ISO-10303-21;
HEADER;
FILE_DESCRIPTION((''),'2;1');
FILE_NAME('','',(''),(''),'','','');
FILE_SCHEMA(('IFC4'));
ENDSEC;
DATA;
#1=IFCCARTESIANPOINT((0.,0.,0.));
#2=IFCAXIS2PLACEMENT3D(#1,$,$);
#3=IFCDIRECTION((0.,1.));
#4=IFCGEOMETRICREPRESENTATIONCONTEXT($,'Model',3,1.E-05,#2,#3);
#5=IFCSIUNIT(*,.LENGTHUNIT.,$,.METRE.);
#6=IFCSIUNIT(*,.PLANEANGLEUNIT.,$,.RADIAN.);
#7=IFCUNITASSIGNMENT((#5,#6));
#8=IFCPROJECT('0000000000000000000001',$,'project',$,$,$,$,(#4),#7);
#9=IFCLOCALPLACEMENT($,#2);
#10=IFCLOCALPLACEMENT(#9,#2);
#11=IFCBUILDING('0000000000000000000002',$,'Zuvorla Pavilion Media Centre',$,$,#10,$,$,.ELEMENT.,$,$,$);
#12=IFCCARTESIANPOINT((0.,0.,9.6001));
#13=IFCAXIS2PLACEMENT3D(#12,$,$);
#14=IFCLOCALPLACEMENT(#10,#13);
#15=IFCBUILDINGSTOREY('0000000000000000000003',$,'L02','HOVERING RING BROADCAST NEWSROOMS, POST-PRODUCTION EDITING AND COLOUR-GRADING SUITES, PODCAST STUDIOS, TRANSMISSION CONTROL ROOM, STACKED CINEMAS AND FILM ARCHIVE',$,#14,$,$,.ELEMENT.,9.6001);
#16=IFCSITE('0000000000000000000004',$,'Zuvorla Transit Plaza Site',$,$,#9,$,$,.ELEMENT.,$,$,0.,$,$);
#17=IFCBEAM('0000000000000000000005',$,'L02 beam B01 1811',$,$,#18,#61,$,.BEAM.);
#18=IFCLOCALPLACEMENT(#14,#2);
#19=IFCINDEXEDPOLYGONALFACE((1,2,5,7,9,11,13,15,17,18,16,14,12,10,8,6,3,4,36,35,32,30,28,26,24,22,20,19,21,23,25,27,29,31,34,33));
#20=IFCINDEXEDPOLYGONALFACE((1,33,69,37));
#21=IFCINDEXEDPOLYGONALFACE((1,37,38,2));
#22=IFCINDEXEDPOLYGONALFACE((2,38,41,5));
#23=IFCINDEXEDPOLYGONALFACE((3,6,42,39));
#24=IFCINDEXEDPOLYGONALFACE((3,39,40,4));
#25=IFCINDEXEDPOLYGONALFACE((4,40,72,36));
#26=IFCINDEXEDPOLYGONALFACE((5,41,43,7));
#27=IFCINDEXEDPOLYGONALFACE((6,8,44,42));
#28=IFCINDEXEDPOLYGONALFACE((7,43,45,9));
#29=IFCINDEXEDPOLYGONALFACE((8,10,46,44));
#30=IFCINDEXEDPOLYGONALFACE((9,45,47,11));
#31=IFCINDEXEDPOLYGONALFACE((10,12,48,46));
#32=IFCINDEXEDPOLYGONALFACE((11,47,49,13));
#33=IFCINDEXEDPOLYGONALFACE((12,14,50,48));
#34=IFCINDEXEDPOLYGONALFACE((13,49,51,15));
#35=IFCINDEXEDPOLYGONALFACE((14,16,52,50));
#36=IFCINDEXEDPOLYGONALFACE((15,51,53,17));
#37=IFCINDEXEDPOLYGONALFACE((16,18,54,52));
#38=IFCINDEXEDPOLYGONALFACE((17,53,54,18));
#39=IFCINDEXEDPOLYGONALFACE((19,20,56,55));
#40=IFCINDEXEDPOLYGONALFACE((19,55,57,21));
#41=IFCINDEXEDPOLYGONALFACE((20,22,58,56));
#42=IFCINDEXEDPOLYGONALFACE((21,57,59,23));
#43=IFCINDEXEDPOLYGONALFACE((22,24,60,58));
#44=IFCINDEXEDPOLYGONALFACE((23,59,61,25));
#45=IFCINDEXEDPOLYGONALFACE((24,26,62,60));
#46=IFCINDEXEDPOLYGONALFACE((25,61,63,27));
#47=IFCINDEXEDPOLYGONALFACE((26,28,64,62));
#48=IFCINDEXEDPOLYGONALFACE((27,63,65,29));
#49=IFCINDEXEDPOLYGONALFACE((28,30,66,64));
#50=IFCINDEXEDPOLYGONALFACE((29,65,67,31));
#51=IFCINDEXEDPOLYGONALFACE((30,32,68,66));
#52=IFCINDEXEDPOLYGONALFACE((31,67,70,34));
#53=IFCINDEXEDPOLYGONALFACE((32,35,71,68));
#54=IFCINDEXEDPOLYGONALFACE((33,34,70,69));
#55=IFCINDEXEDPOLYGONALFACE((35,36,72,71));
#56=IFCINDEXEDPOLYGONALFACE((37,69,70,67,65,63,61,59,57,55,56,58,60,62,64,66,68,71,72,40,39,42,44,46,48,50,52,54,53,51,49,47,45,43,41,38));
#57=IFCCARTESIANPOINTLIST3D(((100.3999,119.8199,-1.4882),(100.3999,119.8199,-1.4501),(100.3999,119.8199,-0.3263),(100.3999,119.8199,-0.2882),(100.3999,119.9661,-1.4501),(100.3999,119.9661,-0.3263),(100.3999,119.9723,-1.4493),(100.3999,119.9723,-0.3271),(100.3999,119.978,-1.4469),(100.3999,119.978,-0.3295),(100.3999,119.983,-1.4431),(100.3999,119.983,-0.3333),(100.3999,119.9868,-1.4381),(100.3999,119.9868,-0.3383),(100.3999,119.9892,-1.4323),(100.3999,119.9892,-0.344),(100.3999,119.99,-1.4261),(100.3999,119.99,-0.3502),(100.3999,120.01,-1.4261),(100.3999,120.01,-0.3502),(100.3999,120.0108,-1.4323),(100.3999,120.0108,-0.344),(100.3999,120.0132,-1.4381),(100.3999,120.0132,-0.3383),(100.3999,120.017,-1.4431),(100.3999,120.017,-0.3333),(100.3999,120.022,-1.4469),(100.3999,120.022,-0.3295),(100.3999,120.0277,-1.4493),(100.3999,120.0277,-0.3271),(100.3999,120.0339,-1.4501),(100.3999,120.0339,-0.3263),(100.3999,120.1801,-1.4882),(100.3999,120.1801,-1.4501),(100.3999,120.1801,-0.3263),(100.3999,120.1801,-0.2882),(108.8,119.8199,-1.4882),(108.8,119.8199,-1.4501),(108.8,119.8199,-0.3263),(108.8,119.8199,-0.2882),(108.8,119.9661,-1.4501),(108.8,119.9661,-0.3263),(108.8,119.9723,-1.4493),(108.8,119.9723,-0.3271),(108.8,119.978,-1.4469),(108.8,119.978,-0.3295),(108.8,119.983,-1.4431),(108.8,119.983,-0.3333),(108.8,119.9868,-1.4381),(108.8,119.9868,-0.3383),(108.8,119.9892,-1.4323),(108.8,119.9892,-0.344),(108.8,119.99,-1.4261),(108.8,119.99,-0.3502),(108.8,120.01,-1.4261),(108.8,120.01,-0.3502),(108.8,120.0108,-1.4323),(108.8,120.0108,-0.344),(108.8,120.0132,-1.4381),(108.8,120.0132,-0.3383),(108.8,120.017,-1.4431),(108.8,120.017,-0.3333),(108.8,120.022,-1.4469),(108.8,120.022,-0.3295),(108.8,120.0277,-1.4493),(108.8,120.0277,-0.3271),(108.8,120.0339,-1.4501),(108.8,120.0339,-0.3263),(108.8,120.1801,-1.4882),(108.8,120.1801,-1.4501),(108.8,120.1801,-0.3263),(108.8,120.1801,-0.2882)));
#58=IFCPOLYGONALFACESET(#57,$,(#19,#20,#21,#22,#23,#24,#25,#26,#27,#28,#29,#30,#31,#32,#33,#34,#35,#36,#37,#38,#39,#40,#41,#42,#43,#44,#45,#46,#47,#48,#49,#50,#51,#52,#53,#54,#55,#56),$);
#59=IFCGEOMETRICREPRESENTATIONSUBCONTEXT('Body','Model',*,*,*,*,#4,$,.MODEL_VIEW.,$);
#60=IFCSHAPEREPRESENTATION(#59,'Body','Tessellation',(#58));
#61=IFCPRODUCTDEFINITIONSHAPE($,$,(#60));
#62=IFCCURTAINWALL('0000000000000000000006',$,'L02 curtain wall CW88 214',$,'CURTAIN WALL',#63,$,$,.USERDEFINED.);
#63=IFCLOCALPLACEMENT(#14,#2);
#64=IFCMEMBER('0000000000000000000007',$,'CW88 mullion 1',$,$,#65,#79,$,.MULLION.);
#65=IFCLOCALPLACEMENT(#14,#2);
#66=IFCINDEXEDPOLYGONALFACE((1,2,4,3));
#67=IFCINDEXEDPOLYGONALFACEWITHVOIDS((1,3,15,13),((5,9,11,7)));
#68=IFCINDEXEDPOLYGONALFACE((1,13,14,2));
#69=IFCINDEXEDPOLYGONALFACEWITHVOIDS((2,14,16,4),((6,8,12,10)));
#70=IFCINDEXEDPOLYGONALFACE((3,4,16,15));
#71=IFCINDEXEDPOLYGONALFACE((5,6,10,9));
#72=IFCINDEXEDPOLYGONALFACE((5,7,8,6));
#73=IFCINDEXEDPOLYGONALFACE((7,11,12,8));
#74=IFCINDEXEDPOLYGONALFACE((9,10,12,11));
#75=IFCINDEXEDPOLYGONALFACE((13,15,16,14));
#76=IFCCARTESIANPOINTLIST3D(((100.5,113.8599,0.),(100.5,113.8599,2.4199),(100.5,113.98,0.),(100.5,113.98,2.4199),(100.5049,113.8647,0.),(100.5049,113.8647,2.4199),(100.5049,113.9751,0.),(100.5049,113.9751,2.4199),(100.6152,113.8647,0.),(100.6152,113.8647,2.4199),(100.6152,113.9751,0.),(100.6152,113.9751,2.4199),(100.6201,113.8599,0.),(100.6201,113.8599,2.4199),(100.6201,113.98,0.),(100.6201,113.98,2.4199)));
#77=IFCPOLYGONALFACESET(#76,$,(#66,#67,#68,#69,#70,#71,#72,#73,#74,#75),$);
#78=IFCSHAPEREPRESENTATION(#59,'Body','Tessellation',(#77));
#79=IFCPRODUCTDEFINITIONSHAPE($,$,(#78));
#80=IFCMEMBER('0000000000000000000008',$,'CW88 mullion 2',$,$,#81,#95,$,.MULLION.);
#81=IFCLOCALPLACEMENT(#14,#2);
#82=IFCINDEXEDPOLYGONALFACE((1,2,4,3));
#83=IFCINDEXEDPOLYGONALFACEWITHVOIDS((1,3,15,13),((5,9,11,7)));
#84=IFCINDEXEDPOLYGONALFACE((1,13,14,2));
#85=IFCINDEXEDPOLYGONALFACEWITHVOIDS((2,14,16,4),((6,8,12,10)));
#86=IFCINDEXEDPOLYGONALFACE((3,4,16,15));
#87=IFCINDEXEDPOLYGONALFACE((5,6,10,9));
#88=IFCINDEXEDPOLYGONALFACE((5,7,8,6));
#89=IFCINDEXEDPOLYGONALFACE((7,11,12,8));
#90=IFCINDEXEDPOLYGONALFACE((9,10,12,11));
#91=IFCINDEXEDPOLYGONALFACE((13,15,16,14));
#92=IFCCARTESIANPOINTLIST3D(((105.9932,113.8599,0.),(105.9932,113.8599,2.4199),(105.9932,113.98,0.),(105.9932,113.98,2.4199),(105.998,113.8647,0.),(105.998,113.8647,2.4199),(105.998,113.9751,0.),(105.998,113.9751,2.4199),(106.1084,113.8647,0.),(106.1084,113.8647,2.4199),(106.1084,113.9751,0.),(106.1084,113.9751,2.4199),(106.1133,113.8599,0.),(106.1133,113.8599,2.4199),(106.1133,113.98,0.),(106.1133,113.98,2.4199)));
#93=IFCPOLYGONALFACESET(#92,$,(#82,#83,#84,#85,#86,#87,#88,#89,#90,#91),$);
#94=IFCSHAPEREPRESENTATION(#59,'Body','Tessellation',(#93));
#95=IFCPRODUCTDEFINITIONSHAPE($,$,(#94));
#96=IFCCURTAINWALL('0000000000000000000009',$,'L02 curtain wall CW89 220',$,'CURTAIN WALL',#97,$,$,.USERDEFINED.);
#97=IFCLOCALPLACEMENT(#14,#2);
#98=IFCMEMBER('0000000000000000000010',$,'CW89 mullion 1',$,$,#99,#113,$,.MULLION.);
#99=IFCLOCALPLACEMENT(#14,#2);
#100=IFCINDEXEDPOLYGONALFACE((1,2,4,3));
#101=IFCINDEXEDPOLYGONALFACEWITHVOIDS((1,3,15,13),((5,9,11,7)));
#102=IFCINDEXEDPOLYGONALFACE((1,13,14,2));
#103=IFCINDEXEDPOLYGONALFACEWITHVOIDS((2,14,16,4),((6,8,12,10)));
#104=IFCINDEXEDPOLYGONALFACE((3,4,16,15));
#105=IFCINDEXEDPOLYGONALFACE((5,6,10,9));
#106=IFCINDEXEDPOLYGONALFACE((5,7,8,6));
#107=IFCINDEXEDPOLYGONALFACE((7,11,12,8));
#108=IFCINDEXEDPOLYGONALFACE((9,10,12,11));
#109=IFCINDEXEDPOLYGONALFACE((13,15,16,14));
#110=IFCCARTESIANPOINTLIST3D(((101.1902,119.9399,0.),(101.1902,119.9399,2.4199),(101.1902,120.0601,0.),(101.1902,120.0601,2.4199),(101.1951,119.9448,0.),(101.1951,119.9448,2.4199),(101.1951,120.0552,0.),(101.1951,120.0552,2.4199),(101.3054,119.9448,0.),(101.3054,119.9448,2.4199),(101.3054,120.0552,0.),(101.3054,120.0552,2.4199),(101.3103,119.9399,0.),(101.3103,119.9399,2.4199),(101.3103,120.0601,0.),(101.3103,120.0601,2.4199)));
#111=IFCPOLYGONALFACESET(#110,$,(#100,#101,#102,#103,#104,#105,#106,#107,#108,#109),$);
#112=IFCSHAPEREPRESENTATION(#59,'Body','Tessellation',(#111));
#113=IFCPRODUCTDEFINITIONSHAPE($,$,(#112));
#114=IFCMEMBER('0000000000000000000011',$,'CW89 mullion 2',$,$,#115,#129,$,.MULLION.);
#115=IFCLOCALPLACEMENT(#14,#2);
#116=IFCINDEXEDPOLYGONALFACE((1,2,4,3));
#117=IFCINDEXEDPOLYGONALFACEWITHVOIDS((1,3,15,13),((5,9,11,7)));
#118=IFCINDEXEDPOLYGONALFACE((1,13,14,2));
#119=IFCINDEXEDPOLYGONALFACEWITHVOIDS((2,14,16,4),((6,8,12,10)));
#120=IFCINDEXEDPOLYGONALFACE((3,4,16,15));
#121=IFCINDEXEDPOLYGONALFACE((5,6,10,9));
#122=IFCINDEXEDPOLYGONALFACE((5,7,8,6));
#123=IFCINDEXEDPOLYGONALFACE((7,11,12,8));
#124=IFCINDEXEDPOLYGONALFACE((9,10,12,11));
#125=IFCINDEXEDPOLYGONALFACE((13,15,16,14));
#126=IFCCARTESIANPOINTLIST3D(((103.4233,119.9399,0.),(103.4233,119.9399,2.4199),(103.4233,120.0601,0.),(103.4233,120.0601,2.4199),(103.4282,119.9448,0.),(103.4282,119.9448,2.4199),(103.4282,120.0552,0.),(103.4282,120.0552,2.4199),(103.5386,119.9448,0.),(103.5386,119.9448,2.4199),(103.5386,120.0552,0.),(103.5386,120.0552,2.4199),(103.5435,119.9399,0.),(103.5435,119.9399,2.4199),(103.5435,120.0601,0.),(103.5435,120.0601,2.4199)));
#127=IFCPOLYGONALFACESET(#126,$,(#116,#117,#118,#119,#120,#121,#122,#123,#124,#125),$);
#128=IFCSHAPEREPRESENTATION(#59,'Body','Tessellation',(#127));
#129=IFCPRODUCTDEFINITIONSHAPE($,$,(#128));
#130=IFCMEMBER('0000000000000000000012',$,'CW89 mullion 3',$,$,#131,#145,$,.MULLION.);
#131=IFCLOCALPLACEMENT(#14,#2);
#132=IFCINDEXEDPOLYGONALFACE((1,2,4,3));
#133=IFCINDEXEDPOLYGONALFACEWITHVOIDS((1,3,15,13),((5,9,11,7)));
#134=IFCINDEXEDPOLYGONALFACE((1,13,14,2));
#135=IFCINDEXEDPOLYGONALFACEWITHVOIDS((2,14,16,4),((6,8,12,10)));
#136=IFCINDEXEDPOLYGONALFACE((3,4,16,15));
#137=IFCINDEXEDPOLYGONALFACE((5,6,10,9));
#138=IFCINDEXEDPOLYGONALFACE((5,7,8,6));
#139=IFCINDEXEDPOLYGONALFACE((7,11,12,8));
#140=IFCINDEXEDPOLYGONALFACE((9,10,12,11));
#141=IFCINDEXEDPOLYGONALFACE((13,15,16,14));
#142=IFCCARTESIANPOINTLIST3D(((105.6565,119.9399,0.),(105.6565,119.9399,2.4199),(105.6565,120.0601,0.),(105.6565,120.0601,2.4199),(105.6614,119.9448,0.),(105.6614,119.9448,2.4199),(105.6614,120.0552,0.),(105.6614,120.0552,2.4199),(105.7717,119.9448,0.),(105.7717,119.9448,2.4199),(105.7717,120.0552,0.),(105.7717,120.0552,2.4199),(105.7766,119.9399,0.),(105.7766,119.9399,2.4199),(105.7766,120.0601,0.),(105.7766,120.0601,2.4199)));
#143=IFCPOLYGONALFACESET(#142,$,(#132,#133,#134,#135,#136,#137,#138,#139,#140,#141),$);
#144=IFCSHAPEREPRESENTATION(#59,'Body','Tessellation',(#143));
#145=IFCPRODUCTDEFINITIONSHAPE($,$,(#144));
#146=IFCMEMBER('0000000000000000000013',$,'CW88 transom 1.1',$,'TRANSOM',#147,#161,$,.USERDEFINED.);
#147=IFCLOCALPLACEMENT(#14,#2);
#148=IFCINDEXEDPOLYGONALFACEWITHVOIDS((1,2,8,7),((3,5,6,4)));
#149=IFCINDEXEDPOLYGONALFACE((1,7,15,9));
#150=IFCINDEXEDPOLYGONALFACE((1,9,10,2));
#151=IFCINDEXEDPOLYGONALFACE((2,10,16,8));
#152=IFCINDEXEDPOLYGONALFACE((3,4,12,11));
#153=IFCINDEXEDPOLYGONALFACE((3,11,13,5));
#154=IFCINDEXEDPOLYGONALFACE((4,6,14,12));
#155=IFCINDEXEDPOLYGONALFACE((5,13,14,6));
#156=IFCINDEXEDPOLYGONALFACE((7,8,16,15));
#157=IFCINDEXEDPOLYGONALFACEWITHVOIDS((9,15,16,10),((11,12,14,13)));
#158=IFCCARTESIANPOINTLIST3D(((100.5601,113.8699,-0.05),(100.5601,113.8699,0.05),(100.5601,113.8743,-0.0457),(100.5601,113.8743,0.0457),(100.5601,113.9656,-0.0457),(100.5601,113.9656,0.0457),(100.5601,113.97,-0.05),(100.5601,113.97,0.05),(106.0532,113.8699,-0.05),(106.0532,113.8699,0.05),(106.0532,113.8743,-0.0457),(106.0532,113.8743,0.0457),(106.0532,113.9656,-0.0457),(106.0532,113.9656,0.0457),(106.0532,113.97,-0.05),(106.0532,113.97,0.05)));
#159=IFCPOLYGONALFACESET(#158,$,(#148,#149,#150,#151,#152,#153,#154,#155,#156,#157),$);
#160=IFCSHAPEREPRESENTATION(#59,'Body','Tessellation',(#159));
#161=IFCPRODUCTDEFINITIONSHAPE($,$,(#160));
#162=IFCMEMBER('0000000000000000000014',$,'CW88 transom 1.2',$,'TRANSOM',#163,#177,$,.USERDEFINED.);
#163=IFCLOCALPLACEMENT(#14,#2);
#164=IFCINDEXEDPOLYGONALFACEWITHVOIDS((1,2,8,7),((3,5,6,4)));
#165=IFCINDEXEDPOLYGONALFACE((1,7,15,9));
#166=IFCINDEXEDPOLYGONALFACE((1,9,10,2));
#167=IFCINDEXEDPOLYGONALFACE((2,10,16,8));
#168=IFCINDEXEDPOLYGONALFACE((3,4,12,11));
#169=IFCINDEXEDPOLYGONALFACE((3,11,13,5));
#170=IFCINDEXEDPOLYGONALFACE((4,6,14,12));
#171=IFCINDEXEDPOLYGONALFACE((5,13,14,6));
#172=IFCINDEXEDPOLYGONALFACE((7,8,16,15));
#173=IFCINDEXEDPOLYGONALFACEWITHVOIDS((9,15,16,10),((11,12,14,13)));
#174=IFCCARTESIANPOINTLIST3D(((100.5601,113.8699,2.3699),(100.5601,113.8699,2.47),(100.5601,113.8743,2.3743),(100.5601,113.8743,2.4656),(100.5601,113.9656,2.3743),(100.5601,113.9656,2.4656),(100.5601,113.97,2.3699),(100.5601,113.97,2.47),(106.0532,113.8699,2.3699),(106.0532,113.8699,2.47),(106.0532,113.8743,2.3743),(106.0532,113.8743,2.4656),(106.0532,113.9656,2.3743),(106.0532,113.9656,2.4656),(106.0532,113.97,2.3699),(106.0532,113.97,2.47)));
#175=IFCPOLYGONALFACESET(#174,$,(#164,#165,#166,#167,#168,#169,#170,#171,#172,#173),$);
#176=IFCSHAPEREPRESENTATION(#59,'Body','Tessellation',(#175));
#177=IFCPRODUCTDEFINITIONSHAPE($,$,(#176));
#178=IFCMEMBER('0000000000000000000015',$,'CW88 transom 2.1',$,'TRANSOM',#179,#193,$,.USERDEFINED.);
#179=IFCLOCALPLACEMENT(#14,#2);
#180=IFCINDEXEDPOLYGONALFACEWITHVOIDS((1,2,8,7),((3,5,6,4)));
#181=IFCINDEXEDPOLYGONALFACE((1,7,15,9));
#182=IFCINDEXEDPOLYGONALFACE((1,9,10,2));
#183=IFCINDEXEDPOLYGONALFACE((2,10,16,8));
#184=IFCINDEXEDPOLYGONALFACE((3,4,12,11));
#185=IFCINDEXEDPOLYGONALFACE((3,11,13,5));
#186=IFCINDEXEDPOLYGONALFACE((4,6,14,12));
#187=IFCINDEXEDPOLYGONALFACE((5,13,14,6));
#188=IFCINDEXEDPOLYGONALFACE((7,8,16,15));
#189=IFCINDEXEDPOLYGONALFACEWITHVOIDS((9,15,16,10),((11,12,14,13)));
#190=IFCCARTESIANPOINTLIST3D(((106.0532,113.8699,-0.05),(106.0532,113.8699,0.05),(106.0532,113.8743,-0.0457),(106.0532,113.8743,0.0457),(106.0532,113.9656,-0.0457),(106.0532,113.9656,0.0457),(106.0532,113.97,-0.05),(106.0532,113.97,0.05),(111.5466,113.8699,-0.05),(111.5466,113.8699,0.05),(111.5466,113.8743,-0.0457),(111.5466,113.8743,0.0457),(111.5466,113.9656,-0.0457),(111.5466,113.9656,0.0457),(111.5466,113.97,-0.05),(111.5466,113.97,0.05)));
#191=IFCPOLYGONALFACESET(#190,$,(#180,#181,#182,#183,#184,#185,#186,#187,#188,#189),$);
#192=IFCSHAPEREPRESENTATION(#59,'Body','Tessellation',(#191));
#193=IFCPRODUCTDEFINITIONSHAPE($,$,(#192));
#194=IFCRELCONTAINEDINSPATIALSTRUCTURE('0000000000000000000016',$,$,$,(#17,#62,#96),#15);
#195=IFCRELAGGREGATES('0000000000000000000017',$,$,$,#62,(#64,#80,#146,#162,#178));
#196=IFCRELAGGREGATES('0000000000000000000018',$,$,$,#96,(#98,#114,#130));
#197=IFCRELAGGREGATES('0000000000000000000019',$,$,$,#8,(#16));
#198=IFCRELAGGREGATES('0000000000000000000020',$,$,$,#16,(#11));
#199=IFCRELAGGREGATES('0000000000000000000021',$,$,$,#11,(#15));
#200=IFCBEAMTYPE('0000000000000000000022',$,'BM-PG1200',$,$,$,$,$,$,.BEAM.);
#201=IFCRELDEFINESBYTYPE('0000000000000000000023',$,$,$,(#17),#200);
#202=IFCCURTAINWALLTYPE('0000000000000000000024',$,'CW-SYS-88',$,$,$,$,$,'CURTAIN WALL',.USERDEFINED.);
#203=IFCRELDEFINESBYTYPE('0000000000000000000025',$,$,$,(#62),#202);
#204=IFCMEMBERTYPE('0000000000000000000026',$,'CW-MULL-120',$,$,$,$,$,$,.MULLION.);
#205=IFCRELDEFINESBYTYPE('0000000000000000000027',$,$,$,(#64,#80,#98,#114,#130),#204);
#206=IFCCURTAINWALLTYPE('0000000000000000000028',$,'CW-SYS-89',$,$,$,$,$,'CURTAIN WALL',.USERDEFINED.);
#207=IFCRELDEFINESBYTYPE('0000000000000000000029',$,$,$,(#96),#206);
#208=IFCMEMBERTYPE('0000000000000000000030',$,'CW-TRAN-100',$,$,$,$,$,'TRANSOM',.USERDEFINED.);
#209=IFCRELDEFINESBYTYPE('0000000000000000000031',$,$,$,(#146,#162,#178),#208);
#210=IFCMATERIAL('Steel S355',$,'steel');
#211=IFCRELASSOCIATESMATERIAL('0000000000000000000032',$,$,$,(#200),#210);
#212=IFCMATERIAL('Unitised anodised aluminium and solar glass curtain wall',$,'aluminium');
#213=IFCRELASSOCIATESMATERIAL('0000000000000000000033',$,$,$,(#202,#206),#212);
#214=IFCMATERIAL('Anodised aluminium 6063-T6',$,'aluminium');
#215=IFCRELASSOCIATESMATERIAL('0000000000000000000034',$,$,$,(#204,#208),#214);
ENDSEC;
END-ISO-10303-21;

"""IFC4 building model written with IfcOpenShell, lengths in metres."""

from ifc_helpers import new_model, si_unit, direction, frame, origin, origin_2d, place, context, subcontext, project, spatial, hollow_rectangle, i_section, extrude, material, material_profile, profile_set, type_object, element, aggregate, save


model = new_model("IFC4")

# Units and contexts
model_context = context("Model", 3, precision=1e-05, world=origin(), true_north=direction((0.0, 1.0)))
body_context = subcontext(model_context, "Body", "Model", "MODEL_VIEW")
ifc_project = project(units=[si_unit("LENGTHUNIT", "METRE"), si_unit("PLANEANGLEUNIT", "RADIAN")], contexts=[model_context])

# Site, building, storey
site_placement = place(None, origin())
site = spatial("IfcSite", under=ifc_project, at=site_placement, Name="Zuvorla Transit Plaza Site", CompositionType="ELEMENT", RefElevation=0.0)
building_placement = place(site_placement, origin())
building = spatial("IfcBuilding", under=site, at=building_placement, Name="Zuvorla Pavilion Media Centre", CompositionType="ELEMENT")
storey_placement = place(building_placement, frame((0.0, 0.0, 9.6001)))
storey = spatial("IfcBuildingStorey", under=building, at=storey_placement, Name="L02", Description="HOVERING RING BROADCAST NEWSROOMS, POST-PRODUCTION EDITING AND COLOUR-GRADING SUITES, PODCAST STUDIOS, TRANSMISSION CONTROL ROOM, STACKED CINEMAS AND FILM ARCHIVE", CompositionType="ELEMENT", Elevation=9.6001)

# Beam
ifc_material_1 = material(Name="Steel S355", Category="steel")
ifc_material_profile_1 = material_profile(ifc_material_1, i_section(OverallWidth=0.3601, OverallDepth=1.2, WebThickness=0.02, FlangeThickness=0.0381, FilletRadius=0.0239, at=origin_2d()), Name="PG 1200x360x38")
ifc_profile_set_1 = profile_set([ifc_material_profile_1], Name="Steel S355")
beam_type = type_object("IfcBeamType", Name="BM-PG1200", PredefinedType="BEAM", material=ifc_profile_set_1)
beam_placement = place(storey_placement, frame((100.3999, 120.0, -0.8882), z_axis=(1.0, 0.0, 0.0), x_axis=(0.0, 1.0, 0.0)))
element("IfcBeam", 1, at=beam_placement, inside=storey, type_object=beam_type, Name="L02 beam B01 1811", PredefinedType="BEAM", context=body_context, shape_type="SweptSolid", body=[
    extrude(i_section(OverallWidth=0.3601, OverallDepth=1.2, WebThickness=0.02, FlangeThickness=0.0381, FilletRadius=0.0239, at=origin_2d()), origin(), (0.0, 0.0, 1.0), 8.4001),
])

# Curtain walls, members
ifc_material_2 = material(Name="Unitised anodised aluminium and solar glass curtain wall", Category="aluminium")
curtain_wall_type_1 = type_object("IfcCurtainWallType", Name="CW-SYS-88", ElementType="CURTAIN WALL", PredefinedType="USERDEFINED", material=ifc_material_2)
curtain_wall_1_placement = place(storey_placement, origin())
curtain_wall_1 = element("IfcCurtainWall", 2, at=curtain_wall_1_placement, inside=storey, type_object=curtain_wall_type_1, Name="L02 curtain wall CW88 214", ObjectType="CURTAIN WALL", PredefinedType="USERDEFINED")
ifc_material_3 = material(Name="Anodised aluminium 6063-T6", Category="aluminium")
ifc_material_profile_2 = material_profile(ifc_material_3, hollow_rectangle(XDim=0.1201, YDim=0.1201, WallThickness=0.0049, at=origin_2d()), Name="ALU MULL 120x120")
ifc_profile_set_2 = profile_set([ifc_material_profile_2], Name="Anodised aluminium 6063-T6")
member_type_1 = type_object("IfcMemberType", Name="CW-MULL-120", PredefinedType="MULLION", material=ifc_profile_set_2)
member_1_placement = place(storey_placement, frame((100.5601, 113.9199, 0.0), z_axis=(0.0, 0.0, 1.0), x_axis=(1.0, 0.0, 0.0)))
member_1 = element("IfcMember", 3, at=member_1_placement, type_object=member_type_1, Name="CW88 mullion 1", PredefinedType="MULLION", context=body_context, shape_type="SweptSolid", body=[
    extrude(hollow_rectangle(XDim=0.1201, YDim=0.1201, WallThickness=0.0049, at=origin_2d()), origin(), (0.0, 0.0, 1.0), 2.4199),
])
member_2_placement = place(storey_placement, frame((106.0532, 113.9199, 0.0), z_axis=(0.0, 0.0, 1.0), x_axis=(1.0, 0.0, 0.0)))
member_2 = element("IfcMember", 4, at=member_2_placement, type_object=member_type_1, Name="CW88 mullion 2", PredefinedType="MULLION", context=body_context, shape_type="SweptSolid", body=[
    extrude(hollow_rectangle(XDim=0.1201, YDim=0.1201, WallThickness=0.0049, at=origin_2d()), origin(), (0.0, 0.0, 1.0), 2.4199),
])
curtain_wall_type_2 = type_object("IfcCurtainWallType", Name="CW-SYS-89", ElementType="CURTAIN WALL", PredefinedType="USERDEFINED", material=ifc_material_2)
curtain_wall_2_placement = place(storey_placement, origin())
curtain_wall_2 = element("IfcCurtainWall", 5, at=curtain_wall_2_placement, inside=storey, type_object=curtain_wall_type_2, Name="L02 curtain wall CW89 220", ObjectType="CURTAIN WALL", PredefinedType="USERDEFINED")
member_3_placement = place(storey_placement, frame((101.2502, 120.0, 0.0), z_axis=(0.0, 0.0, 1.0), x_axis=(1.0, 0.0, 0.0)))
member_3 = element("IfcMember", 6, at=member_3_placement, type_object=member_type_1, Name="CW89 mullion 1", PredefinedType="MULLION", context=body_context, shape_type="SweptSolid", body=[
    extrude(hollow_rectangle(XDim=0.1201, YDim=0.1201, WallThickness=0.0049, at=origin_2d()), origin(), (0.0, 0.0, 1.0), 2.4199),
])
member_4_placement = place(storey_placement, frame((103.4834, 120.0, 0.0), z_axis=(0.0, 0.0, 1.0), x_axis=(1.0, 0.0, 0.0)))
member_4 = element("IfcMember", 7, at=member_4_placement, type_object=member_type_1, Name="CW89 mullion 2", PredefinedType="MULLION", context=body_context, shape_type="SweptSolid", body=[
    extrude(hollow_rectangle(XDim=0.1201, YDim=0.1201, WallThickness=0.0049, at=origin_2d()), origin(), (0.0, 0.0, 1.0), 2.4199),
])
member_5_placement = place(storey_placement, frame((105.7166, 120.0, 0.0), z_axis=(0.0, 0.0, 1.0), x_axis=(1.0, 0.0, 0.0)))
member_5 = element("IfcMember", 8, at=member_5_placement, type_object=member_type_1, Name="CW89 mullion 3", PredefinedType="MULLION", context=body_context, shape_type="SweptSolid", body=[
    extrude(hollow_rectangle(XDim=0.1201, YDim=0.1201, WallThickness=0.0049, at=origin_2d()), origin(), (0.0, 0.0, 1.0), 2.4199),
])

# Members
ifc_material_profile_3 = material_profile(ifc_material_3, hollow_rectangle(XDim=0.1001, YDim=0.1001, WallThickness=0.0044, at=origin_2d()), Name="ALU TRAN 100x100")
ifc_profile_set_3 = profile_set([ifc_material_profile_3], Name="Anodised aluminium 6063-T6")
member_type_2 = type_object("IfcMemberType", Name="CW-TRAN-100", ElementType="TRANSOM", PredefinedType="USERDEFINED", material=ifc_profile_set_3)
member_6_placement = place(storey_placement, frame((100.5601, 113.9199, 0.0), z_axis=(1.0, 0.0, 0.0), x_axis=(0.0, 1.0, 0.0)))
member_6 = element("IfcMember", 9, at=member_6_placement, type_object=member_type_2, Name="CW88 transom 1.1", ObjectType="TRANSOM", PredefinedType="USERDEFINED", context=body_context, shape_type="SweptSolid", body=[
    extrude(hollow_rectangle(XDim=0.1001, YDim=0.1001, WallThickness=0.0044, at=origin_2d()), origin(), (0.0, 0.0, 1.0), 5.4932),
])
member_7_placement = place(storey_placement, frame((100.5601, 113.9199, 2.4199), z_axis=(1.0, 0.0, 0.0), x_axis=(0.0, 1.0, 0.0)))
member_7 = element("IfcMember", 10, at=member_7_placement, type_object=member_type_2, Name="CW88 transom 1.2", ObjectType="TRANSOM", PredefinedType="USERDEFINED", context=body_context, shape_type="SweptSolid", body=[
    extrude(hollow_rectangle(XDim=0.1001, YDim=0.1001, WallThickness=0.0044, at=origin_2d()), origin(), (0.0, 0.0, 1.0), 5.4932),
])
member_8_placement = place(storey_placement, frame((106.0532, 113.9199, 0.0), z_axis=(1.0, 0.0, 0.0), x_axis=(0.0, 1.0, 0.0)))
member_8 = element("IfcMember", 11, at=member_8_placement, type_object=member_type_2, Name="CW88 transom 2.1", ObjectType="TRANSOM", PredefinedType="USERDEFINED", context=body_context, shape_type="SweptSolid", body=[
    extrude(hollow_rectangle(XDim=0.1001, YDim=0.1001, WallThickness=0.0044, at=origin_2d()), origin(), (0.0, 0.0, 1.0), 5.4934),
])

aggregate(curtain_wall_1, [member_1, member_2, member_6, member_7, member_8])
aggregate(curtain_wall_2, [member_3, member_4, member_5])

save(model, "model.ifc")
